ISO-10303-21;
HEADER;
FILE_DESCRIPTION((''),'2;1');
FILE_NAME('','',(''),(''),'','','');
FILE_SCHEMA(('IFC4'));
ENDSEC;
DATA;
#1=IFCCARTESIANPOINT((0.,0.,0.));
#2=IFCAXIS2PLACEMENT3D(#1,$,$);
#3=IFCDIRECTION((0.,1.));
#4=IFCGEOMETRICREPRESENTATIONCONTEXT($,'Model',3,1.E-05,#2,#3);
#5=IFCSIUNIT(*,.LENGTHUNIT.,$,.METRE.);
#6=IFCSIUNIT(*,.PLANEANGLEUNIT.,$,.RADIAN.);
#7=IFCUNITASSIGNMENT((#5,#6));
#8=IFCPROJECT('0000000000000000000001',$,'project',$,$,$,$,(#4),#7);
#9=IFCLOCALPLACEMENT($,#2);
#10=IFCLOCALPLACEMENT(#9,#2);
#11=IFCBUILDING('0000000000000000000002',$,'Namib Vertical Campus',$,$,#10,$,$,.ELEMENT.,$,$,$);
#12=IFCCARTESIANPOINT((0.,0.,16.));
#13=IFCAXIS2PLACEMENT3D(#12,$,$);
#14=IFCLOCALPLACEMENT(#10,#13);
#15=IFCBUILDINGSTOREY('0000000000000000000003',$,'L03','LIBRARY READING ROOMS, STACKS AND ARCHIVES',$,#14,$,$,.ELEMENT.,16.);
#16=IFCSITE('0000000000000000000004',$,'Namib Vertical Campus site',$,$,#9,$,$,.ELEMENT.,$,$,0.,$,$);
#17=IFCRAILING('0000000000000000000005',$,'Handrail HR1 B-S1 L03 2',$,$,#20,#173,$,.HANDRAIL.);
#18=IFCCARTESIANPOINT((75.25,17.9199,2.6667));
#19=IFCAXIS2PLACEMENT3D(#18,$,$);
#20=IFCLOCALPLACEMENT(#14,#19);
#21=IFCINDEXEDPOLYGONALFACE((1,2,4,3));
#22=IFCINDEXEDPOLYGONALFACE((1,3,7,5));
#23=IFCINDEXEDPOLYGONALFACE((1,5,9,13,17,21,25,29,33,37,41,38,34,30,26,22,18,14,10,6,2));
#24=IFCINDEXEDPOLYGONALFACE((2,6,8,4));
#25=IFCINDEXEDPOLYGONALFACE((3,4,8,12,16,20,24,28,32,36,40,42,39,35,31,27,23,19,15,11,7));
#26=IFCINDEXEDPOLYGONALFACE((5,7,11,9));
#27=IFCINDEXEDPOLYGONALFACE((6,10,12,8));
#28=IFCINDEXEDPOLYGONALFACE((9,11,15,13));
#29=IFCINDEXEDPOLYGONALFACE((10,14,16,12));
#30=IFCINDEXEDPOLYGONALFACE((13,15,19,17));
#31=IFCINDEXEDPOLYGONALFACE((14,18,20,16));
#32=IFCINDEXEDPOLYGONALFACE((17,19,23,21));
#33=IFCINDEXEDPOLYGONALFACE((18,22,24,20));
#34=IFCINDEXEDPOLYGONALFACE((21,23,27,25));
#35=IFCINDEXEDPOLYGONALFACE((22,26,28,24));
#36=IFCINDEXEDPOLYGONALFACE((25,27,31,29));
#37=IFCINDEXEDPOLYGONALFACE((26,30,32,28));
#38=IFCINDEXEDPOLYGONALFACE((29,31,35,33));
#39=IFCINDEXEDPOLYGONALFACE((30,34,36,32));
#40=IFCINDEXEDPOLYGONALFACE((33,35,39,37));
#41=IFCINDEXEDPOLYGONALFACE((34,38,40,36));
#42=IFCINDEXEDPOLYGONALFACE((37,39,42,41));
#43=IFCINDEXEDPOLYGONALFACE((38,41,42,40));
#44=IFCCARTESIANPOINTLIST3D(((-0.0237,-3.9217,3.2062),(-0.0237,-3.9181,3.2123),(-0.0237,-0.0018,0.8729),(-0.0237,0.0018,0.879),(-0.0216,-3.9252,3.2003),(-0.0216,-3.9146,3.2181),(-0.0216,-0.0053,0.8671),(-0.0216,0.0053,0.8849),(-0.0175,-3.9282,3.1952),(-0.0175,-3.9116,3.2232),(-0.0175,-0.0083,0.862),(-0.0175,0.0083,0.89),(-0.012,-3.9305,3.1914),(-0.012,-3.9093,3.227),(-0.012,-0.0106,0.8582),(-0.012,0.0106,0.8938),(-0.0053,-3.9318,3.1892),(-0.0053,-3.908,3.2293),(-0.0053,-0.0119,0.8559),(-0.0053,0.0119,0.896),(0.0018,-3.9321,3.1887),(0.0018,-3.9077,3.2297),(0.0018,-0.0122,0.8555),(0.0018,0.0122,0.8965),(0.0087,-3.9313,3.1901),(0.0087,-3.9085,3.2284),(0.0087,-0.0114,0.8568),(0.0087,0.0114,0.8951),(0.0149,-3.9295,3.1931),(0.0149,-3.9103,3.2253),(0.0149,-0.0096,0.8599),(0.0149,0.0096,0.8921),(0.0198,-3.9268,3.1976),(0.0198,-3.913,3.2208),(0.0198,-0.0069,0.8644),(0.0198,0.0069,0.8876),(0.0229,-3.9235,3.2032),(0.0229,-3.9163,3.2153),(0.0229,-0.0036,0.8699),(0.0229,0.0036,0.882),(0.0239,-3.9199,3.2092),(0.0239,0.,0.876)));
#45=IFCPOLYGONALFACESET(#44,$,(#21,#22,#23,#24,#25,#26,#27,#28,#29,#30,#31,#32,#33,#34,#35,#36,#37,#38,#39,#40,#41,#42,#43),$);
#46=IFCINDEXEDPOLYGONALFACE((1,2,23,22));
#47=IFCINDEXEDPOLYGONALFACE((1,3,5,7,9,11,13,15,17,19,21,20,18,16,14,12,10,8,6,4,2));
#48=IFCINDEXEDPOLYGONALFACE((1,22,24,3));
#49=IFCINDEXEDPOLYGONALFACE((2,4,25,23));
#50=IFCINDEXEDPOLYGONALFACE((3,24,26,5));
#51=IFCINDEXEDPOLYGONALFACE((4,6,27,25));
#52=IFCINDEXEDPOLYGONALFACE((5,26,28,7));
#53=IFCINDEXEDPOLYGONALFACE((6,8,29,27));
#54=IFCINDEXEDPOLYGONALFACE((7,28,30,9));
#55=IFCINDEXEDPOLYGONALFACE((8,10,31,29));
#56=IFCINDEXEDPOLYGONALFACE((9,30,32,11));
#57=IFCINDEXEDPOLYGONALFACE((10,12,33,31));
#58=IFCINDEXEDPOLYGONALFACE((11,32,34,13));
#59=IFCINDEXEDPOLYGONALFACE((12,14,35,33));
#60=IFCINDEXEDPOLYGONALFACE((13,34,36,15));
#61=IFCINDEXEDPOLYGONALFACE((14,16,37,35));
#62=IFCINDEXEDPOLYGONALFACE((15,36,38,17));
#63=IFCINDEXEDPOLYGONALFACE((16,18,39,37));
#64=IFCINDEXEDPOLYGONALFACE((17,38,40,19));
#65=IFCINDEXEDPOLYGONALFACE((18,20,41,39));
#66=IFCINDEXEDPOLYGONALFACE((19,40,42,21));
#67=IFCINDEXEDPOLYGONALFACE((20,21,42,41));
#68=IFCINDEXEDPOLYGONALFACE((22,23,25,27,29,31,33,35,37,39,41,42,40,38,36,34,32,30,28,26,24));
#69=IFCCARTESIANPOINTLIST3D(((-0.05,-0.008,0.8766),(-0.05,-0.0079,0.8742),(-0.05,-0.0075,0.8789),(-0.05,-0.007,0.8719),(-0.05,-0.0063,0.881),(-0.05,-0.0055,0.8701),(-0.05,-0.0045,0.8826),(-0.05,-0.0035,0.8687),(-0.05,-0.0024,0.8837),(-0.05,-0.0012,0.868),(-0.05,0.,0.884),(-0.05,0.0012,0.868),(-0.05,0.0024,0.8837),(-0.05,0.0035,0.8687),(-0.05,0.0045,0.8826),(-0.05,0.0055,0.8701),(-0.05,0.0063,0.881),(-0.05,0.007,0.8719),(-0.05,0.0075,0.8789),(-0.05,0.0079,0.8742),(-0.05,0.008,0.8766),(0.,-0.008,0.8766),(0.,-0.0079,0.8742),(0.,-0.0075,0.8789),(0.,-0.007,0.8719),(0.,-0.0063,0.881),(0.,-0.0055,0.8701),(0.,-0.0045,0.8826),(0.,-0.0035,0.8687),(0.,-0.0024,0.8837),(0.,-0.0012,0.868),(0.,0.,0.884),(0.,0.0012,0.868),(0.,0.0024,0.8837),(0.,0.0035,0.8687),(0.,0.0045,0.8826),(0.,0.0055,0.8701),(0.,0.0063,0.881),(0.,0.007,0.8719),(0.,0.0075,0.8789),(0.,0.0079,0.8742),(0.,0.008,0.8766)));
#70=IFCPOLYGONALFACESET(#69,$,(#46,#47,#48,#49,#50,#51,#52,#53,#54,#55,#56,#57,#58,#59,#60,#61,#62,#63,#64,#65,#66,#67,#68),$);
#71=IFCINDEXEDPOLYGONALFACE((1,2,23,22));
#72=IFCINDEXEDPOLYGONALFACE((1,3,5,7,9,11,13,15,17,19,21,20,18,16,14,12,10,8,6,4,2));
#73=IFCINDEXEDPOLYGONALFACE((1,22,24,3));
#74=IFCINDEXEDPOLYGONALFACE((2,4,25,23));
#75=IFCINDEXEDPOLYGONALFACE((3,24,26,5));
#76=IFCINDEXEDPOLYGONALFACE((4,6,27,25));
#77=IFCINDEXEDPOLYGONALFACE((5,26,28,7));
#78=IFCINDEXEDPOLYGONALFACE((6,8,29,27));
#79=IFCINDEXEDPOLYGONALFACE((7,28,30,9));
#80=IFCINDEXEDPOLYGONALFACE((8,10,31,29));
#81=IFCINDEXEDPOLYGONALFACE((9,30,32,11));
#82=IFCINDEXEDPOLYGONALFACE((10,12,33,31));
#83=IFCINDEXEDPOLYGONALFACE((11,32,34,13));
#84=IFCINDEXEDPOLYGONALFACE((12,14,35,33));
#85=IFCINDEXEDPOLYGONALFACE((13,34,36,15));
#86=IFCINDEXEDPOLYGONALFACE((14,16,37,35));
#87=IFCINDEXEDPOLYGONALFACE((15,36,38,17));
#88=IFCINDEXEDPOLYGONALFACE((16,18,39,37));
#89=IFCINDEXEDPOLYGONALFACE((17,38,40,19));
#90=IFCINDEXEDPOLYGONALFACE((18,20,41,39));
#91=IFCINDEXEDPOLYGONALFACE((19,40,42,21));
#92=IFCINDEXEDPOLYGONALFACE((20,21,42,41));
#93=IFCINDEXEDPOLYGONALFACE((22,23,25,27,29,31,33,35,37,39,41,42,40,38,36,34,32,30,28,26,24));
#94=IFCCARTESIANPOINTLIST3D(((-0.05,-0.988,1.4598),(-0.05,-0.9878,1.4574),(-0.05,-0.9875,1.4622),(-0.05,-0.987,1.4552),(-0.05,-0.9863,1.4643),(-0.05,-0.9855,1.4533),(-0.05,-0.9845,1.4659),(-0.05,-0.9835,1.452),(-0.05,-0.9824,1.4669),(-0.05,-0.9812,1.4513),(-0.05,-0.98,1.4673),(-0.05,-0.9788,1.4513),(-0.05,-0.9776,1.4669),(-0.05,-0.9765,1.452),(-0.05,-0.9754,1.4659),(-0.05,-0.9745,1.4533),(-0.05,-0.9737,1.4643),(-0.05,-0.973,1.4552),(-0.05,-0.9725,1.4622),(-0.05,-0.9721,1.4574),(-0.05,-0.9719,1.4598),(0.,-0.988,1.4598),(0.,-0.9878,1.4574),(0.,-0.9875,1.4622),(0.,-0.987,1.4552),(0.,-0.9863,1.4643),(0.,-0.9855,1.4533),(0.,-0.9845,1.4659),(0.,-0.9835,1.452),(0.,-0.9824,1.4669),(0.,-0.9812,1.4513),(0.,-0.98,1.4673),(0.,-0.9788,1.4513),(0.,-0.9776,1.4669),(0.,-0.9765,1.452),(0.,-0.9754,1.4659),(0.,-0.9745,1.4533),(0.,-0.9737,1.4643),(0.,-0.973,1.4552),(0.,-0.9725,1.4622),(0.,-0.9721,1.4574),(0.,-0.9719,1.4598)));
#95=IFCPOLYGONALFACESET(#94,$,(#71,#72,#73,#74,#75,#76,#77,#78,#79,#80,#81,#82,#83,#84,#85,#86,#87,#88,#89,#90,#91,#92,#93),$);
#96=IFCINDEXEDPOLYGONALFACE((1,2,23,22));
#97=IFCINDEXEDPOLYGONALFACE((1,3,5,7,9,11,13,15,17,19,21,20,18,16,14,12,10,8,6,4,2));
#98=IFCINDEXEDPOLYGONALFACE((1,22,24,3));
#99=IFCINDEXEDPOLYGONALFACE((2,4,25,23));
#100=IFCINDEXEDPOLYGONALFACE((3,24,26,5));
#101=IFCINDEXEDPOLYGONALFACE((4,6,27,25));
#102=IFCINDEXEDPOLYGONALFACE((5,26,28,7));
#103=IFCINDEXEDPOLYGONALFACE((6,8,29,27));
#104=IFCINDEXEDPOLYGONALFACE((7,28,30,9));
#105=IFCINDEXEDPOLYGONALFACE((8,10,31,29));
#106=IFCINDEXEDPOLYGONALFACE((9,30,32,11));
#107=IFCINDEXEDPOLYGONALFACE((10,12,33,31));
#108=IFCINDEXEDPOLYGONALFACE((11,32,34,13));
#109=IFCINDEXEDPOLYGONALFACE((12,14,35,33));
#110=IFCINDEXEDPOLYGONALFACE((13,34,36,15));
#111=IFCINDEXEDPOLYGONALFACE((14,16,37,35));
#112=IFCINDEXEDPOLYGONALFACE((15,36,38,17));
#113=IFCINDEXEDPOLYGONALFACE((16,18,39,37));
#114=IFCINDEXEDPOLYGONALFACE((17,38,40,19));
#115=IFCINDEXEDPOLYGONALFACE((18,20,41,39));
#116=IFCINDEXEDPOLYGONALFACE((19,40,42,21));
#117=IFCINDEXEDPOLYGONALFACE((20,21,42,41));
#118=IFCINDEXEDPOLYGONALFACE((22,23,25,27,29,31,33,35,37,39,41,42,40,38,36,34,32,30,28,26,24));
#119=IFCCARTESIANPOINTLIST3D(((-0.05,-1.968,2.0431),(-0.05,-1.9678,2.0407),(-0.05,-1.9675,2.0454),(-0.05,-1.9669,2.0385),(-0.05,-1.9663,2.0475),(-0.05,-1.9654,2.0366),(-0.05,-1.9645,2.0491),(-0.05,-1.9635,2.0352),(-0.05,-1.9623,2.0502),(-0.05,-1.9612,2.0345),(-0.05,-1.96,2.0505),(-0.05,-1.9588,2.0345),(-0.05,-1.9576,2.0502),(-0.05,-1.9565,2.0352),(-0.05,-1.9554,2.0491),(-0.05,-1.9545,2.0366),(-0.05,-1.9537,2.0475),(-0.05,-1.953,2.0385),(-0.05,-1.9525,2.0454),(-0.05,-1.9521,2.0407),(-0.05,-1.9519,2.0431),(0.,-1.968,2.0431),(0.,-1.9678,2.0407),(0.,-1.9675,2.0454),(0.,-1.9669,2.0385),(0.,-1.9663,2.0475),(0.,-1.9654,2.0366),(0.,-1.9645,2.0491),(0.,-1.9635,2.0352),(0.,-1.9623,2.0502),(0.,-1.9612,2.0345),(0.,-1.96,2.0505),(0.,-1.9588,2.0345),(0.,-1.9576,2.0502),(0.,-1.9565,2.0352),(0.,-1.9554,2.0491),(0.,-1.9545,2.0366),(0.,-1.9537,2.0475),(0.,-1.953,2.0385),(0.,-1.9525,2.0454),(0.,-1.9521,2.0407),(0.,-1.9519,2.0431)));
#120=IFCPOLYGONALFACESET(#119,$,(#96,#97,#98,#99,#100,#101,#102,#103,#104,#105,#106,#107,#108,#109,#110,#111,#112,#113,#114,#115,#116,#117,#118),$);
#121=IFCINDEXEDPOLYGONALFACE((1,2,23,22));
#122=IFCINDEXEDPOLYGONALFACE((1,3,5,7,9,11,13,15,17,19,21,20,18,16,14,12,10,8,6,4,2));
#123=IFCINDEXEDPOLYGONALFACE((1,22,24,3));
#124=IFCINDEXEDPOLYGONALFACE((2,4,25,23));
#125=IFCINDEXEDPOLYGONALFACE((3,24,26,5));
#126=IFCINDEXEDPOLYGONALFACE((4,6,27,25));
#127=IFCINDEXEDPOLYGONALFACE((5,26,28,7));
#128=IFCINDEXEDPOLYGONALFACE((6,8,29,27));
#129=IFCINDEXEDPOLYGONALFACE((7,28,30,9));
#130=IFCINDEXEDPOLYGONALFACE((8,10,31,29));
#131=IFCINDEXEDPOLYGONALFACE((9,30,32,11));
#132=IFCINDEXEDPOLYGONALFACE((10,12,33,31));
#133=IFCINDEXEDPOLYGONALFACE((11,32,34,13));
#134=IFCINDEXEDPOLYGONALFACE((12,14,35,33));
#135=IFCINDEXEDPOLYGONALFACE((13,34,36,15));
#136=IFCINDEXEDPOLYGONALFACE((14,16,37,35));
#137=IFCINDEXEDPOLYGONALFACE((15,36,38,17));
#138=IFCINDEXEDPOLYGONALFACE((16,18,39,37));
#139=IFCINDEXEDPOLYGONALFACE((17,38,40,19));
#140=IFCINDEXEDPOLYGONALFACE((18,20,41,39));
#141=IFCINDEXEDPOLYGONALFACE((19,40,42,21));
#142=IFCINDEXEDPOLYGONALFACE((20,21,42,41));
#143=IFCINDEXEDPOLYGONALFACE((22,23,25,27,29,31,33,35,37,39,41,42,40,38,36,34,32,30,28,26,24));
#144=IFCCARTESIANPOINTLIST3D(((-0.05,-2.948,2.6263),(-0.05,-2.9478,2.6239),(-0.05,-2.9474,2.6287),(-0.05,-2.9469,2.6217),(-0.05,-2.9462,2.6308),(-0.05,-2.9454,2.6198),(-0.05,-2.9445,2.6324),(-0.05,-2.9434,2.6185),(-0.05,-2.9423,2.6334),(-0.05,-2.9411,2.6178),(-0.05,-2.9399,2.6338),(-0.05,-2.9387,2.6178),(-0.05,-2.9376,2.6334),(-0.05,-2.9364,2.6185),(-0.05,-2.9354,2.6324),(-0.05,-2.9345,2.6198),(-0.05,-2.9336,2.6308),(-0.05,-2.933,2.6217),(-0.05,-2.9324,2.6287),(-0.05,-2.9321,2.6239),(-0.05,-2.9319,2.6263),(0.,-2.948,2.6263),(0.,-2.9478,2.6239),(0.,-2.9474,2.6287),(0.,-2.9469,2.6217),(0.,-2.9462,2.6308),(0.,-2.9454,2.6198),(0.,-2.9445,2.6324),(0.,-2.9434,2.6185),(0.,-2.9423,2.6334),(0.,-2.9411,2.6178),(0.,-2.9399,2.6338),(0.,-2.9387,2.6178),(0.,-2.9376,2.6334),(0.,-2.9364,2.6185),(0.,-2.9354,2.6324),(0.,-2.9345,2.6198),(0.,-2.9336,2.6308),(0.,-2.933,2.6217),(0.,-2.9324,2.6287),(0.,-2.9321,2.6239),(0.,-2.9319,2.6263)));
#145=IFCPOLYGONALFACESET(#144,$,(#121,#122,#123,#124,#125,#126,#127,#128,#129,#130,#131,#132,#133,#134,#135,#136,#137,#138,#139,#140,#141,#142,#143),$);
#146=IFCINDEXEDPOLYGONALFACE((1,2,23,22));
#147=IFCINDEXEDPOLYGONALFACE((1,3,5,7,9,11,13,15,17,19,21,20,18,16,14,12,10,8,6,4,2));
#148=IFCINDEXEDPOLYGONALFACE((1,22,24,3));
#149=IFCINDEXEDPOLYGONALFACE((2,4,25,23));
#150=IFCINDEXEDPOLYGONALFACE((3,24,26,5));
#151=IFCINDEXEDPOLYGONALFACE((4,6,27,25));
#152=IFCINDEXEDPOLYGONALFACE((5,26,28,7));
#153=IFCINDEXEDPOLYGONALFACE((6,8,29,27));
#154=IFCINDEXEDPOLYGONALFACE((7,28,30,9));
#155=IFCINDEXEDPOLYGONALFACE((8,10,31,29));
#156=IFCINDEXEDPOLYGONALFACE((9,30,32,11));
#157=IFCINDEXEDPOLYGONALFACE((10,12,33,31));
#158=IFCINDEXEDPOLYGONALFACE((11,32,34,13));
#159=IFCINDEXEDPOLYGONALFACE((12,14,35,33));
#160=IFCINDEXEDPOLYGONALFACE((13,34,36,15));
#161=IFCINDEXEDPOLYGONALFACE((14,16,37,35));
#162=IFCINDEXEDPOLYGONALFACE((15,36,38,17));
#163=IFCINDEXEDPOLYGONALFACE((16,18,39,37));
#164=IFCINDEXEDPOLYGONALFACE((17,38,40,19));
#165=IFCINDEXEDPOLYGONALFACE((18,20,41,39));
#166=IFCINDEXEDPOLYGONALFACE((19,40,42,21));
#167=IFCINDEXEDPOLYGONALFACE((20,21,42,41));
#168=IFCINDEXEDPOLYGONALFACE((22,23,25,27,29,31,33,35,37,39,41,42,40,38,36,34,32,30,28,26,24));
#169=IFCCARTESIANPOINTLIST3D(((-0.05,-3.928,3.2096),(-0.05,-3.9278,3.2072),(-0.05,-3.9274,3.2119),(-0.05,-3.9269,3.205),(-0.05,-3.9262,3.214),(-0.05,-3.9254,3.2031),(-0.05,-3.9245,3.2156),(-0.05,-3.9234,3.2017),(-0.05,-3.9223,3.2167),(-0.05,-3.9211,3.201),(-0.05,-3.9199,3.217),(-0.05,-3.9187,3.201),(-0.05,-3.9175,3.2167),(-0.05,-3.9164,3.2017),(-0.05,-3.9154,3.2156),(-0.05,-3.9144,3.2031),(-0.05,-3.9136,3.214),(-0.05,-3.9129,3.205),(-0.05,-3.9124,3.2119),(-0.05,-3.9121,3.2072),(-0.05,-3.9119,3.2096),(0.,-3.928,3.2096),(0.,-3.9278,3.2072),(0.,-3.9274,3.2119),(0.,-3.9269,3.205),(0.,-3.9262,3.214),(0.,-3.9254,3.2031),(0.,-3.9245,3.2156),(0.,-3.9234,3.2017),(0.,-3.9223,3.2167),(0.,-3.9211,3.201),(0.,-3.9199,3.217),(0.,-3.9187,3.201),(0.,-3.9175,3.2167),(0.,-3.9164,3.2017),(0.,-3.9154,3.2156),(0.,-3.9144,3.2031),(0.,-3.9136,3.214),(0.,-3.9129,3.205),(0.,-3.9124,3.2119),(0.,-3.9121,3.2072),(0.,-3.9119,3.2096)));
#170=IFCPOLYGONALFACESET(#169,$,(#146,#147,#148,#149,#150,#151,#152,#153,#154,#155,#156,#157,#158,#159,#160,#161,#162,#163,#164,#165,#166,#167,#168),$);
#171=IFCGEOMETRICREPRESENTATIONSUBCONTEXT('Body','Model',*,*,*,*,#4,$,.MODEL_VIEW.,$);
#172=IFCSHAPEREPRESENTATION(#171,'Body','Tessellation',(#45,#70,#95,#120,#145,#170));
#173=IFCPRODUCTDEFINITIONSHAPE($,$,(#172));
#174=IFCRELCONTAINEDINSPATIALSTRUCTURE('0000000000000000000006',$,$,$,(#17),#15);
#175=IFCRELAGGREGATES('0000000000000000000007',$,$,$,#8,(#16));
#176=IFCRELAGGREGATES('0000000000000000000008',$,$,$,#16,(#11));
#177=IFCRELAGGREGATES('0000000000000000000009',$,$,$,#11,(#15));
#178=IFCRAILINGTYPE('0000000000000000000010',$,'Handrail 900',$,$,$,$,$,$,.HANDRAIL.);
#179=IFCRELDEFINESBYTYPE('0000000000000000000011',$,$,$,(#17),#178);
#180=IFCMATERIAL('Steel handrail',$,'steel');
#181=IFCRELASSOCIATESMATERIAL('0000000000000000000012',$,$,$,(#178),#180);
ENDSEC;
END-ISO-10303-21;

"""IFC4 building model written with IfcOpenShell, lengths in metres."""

from ifc_helpers import new_model, si_unit, direction, frame, origin, origin_2d, place, context, subcontext, project, spatial, circle, extrude, material, type_object, element, save


model = new_model("IFC4")

# Units and contexts
model_context = context("Model", 3, precision=1e-05, world=origin(), true_north=direction((0.0, 1.0)))
body_context = subcontext(model_context, "Body", "Model", "MODEL_VIEW")
ifc_project = project(units=[si_unit("LENGTHUNIT", "METRE"), si_unit("PLANEANGLEUNIT", "RADIAN")], contexts=[model_context])

# Site, building, storey
site_placement = place(None, origin())
site = spatial("IfcSite", under=ifc_project, at=site_placement, Name="Namib Vertical Campus site", CompositionType="ELEMENT", RefElevation=0.0)
building_placement = place(site_placement, origin())
building = spatial("IfcBuilding", under=site, at=building_placement, Name="Namib Vertical Campus", CompositionType="ELEMENT")
storey_placement = place(building_placement, frame((0.0, 0.0, 16.0)))
storey = spatial("IfcBuildingStorey", under=building, at=storey_placement, Name="L03", Description="LIBRARY READING ROOMS, STACKS AND ARCHIVES", CompositionType="ELEMENT", Elevation=16.0)

# Railing
ifc_material_1 = material(Name="Steel handrail", Category="steel")
railing_type_1 = type_object("IfcRailingType", Name="Handrail 900", PredefinedType="HANDRAIL", material=ifc_material_1)
railing_1_placement = place(storey_placement, frame((75.25, 17.9199, 2.6667)))
element("IfcRailing", 1, at=railing_1_placement, inside=storey, type_object=railing_type_1, Name="Handrail HR1 B-S1 L03 2", PredefinedType="HANDRAIL", context=body_context, shape_type="SweptSolid", body=[
    extrude(circle(Radius=0.0239, at=origin_2d()), frame((0.0, 0.0, 0.876), z_axis=(0.0, -0.859296, 0.511478), x_axis=(1.0, 0.0, 0.0)), (0.0, 0.0, 1.0), 4.5618),
    extrude(circle(Radius=0.0081, at=origin_2d()), frame((0.0, 0.0, 0.876), z_axis=(-1.0, 0.0, 0.0), x_axis=(0.0, 0.0, 1.0)), (0.0, 0.0, 1.0), 0.05),
    extrude(circle(Radius=0.0081, at=origin_2d()), frame((0.0, -0.98, 1.4592), z_axis=(-1.0, 0.0, 0.0), x_axis=(0.0, 0.0, 1.0)), (0.0, 0.0, 1.0), 0.05),
    extrude(circle(Radius=0.0081, at=origin_2d()), frame((0.0, -1.96, 2.0425), z_axis=(-1.0, 0.0, 0.0), x_axis=(0.0, 0.0, 1.0)), (0.0, 0.0, 1.0), 0.05),
    extrude(circle(Radius=0.0081, at=origin_2d()), frame((0.0, -2.9399, 2.6257), z_axis=(-1.0, 0.0, 0.0), x_axis=(0.0, 0.0, 1.0)), (0.0, 0.0, 1.0), 0.05),
    extrude(circle(Radius=0.0081, at=origin_2d()), frame((0.0, -3.9199, 3.209), z_axis=(-1.0, 0.0, 0.0), x_axis=(0.0, 0.0, 1.0)), (0.0, 0.0, 1.0), 0.05),
])

save(model, "model.ifc")
